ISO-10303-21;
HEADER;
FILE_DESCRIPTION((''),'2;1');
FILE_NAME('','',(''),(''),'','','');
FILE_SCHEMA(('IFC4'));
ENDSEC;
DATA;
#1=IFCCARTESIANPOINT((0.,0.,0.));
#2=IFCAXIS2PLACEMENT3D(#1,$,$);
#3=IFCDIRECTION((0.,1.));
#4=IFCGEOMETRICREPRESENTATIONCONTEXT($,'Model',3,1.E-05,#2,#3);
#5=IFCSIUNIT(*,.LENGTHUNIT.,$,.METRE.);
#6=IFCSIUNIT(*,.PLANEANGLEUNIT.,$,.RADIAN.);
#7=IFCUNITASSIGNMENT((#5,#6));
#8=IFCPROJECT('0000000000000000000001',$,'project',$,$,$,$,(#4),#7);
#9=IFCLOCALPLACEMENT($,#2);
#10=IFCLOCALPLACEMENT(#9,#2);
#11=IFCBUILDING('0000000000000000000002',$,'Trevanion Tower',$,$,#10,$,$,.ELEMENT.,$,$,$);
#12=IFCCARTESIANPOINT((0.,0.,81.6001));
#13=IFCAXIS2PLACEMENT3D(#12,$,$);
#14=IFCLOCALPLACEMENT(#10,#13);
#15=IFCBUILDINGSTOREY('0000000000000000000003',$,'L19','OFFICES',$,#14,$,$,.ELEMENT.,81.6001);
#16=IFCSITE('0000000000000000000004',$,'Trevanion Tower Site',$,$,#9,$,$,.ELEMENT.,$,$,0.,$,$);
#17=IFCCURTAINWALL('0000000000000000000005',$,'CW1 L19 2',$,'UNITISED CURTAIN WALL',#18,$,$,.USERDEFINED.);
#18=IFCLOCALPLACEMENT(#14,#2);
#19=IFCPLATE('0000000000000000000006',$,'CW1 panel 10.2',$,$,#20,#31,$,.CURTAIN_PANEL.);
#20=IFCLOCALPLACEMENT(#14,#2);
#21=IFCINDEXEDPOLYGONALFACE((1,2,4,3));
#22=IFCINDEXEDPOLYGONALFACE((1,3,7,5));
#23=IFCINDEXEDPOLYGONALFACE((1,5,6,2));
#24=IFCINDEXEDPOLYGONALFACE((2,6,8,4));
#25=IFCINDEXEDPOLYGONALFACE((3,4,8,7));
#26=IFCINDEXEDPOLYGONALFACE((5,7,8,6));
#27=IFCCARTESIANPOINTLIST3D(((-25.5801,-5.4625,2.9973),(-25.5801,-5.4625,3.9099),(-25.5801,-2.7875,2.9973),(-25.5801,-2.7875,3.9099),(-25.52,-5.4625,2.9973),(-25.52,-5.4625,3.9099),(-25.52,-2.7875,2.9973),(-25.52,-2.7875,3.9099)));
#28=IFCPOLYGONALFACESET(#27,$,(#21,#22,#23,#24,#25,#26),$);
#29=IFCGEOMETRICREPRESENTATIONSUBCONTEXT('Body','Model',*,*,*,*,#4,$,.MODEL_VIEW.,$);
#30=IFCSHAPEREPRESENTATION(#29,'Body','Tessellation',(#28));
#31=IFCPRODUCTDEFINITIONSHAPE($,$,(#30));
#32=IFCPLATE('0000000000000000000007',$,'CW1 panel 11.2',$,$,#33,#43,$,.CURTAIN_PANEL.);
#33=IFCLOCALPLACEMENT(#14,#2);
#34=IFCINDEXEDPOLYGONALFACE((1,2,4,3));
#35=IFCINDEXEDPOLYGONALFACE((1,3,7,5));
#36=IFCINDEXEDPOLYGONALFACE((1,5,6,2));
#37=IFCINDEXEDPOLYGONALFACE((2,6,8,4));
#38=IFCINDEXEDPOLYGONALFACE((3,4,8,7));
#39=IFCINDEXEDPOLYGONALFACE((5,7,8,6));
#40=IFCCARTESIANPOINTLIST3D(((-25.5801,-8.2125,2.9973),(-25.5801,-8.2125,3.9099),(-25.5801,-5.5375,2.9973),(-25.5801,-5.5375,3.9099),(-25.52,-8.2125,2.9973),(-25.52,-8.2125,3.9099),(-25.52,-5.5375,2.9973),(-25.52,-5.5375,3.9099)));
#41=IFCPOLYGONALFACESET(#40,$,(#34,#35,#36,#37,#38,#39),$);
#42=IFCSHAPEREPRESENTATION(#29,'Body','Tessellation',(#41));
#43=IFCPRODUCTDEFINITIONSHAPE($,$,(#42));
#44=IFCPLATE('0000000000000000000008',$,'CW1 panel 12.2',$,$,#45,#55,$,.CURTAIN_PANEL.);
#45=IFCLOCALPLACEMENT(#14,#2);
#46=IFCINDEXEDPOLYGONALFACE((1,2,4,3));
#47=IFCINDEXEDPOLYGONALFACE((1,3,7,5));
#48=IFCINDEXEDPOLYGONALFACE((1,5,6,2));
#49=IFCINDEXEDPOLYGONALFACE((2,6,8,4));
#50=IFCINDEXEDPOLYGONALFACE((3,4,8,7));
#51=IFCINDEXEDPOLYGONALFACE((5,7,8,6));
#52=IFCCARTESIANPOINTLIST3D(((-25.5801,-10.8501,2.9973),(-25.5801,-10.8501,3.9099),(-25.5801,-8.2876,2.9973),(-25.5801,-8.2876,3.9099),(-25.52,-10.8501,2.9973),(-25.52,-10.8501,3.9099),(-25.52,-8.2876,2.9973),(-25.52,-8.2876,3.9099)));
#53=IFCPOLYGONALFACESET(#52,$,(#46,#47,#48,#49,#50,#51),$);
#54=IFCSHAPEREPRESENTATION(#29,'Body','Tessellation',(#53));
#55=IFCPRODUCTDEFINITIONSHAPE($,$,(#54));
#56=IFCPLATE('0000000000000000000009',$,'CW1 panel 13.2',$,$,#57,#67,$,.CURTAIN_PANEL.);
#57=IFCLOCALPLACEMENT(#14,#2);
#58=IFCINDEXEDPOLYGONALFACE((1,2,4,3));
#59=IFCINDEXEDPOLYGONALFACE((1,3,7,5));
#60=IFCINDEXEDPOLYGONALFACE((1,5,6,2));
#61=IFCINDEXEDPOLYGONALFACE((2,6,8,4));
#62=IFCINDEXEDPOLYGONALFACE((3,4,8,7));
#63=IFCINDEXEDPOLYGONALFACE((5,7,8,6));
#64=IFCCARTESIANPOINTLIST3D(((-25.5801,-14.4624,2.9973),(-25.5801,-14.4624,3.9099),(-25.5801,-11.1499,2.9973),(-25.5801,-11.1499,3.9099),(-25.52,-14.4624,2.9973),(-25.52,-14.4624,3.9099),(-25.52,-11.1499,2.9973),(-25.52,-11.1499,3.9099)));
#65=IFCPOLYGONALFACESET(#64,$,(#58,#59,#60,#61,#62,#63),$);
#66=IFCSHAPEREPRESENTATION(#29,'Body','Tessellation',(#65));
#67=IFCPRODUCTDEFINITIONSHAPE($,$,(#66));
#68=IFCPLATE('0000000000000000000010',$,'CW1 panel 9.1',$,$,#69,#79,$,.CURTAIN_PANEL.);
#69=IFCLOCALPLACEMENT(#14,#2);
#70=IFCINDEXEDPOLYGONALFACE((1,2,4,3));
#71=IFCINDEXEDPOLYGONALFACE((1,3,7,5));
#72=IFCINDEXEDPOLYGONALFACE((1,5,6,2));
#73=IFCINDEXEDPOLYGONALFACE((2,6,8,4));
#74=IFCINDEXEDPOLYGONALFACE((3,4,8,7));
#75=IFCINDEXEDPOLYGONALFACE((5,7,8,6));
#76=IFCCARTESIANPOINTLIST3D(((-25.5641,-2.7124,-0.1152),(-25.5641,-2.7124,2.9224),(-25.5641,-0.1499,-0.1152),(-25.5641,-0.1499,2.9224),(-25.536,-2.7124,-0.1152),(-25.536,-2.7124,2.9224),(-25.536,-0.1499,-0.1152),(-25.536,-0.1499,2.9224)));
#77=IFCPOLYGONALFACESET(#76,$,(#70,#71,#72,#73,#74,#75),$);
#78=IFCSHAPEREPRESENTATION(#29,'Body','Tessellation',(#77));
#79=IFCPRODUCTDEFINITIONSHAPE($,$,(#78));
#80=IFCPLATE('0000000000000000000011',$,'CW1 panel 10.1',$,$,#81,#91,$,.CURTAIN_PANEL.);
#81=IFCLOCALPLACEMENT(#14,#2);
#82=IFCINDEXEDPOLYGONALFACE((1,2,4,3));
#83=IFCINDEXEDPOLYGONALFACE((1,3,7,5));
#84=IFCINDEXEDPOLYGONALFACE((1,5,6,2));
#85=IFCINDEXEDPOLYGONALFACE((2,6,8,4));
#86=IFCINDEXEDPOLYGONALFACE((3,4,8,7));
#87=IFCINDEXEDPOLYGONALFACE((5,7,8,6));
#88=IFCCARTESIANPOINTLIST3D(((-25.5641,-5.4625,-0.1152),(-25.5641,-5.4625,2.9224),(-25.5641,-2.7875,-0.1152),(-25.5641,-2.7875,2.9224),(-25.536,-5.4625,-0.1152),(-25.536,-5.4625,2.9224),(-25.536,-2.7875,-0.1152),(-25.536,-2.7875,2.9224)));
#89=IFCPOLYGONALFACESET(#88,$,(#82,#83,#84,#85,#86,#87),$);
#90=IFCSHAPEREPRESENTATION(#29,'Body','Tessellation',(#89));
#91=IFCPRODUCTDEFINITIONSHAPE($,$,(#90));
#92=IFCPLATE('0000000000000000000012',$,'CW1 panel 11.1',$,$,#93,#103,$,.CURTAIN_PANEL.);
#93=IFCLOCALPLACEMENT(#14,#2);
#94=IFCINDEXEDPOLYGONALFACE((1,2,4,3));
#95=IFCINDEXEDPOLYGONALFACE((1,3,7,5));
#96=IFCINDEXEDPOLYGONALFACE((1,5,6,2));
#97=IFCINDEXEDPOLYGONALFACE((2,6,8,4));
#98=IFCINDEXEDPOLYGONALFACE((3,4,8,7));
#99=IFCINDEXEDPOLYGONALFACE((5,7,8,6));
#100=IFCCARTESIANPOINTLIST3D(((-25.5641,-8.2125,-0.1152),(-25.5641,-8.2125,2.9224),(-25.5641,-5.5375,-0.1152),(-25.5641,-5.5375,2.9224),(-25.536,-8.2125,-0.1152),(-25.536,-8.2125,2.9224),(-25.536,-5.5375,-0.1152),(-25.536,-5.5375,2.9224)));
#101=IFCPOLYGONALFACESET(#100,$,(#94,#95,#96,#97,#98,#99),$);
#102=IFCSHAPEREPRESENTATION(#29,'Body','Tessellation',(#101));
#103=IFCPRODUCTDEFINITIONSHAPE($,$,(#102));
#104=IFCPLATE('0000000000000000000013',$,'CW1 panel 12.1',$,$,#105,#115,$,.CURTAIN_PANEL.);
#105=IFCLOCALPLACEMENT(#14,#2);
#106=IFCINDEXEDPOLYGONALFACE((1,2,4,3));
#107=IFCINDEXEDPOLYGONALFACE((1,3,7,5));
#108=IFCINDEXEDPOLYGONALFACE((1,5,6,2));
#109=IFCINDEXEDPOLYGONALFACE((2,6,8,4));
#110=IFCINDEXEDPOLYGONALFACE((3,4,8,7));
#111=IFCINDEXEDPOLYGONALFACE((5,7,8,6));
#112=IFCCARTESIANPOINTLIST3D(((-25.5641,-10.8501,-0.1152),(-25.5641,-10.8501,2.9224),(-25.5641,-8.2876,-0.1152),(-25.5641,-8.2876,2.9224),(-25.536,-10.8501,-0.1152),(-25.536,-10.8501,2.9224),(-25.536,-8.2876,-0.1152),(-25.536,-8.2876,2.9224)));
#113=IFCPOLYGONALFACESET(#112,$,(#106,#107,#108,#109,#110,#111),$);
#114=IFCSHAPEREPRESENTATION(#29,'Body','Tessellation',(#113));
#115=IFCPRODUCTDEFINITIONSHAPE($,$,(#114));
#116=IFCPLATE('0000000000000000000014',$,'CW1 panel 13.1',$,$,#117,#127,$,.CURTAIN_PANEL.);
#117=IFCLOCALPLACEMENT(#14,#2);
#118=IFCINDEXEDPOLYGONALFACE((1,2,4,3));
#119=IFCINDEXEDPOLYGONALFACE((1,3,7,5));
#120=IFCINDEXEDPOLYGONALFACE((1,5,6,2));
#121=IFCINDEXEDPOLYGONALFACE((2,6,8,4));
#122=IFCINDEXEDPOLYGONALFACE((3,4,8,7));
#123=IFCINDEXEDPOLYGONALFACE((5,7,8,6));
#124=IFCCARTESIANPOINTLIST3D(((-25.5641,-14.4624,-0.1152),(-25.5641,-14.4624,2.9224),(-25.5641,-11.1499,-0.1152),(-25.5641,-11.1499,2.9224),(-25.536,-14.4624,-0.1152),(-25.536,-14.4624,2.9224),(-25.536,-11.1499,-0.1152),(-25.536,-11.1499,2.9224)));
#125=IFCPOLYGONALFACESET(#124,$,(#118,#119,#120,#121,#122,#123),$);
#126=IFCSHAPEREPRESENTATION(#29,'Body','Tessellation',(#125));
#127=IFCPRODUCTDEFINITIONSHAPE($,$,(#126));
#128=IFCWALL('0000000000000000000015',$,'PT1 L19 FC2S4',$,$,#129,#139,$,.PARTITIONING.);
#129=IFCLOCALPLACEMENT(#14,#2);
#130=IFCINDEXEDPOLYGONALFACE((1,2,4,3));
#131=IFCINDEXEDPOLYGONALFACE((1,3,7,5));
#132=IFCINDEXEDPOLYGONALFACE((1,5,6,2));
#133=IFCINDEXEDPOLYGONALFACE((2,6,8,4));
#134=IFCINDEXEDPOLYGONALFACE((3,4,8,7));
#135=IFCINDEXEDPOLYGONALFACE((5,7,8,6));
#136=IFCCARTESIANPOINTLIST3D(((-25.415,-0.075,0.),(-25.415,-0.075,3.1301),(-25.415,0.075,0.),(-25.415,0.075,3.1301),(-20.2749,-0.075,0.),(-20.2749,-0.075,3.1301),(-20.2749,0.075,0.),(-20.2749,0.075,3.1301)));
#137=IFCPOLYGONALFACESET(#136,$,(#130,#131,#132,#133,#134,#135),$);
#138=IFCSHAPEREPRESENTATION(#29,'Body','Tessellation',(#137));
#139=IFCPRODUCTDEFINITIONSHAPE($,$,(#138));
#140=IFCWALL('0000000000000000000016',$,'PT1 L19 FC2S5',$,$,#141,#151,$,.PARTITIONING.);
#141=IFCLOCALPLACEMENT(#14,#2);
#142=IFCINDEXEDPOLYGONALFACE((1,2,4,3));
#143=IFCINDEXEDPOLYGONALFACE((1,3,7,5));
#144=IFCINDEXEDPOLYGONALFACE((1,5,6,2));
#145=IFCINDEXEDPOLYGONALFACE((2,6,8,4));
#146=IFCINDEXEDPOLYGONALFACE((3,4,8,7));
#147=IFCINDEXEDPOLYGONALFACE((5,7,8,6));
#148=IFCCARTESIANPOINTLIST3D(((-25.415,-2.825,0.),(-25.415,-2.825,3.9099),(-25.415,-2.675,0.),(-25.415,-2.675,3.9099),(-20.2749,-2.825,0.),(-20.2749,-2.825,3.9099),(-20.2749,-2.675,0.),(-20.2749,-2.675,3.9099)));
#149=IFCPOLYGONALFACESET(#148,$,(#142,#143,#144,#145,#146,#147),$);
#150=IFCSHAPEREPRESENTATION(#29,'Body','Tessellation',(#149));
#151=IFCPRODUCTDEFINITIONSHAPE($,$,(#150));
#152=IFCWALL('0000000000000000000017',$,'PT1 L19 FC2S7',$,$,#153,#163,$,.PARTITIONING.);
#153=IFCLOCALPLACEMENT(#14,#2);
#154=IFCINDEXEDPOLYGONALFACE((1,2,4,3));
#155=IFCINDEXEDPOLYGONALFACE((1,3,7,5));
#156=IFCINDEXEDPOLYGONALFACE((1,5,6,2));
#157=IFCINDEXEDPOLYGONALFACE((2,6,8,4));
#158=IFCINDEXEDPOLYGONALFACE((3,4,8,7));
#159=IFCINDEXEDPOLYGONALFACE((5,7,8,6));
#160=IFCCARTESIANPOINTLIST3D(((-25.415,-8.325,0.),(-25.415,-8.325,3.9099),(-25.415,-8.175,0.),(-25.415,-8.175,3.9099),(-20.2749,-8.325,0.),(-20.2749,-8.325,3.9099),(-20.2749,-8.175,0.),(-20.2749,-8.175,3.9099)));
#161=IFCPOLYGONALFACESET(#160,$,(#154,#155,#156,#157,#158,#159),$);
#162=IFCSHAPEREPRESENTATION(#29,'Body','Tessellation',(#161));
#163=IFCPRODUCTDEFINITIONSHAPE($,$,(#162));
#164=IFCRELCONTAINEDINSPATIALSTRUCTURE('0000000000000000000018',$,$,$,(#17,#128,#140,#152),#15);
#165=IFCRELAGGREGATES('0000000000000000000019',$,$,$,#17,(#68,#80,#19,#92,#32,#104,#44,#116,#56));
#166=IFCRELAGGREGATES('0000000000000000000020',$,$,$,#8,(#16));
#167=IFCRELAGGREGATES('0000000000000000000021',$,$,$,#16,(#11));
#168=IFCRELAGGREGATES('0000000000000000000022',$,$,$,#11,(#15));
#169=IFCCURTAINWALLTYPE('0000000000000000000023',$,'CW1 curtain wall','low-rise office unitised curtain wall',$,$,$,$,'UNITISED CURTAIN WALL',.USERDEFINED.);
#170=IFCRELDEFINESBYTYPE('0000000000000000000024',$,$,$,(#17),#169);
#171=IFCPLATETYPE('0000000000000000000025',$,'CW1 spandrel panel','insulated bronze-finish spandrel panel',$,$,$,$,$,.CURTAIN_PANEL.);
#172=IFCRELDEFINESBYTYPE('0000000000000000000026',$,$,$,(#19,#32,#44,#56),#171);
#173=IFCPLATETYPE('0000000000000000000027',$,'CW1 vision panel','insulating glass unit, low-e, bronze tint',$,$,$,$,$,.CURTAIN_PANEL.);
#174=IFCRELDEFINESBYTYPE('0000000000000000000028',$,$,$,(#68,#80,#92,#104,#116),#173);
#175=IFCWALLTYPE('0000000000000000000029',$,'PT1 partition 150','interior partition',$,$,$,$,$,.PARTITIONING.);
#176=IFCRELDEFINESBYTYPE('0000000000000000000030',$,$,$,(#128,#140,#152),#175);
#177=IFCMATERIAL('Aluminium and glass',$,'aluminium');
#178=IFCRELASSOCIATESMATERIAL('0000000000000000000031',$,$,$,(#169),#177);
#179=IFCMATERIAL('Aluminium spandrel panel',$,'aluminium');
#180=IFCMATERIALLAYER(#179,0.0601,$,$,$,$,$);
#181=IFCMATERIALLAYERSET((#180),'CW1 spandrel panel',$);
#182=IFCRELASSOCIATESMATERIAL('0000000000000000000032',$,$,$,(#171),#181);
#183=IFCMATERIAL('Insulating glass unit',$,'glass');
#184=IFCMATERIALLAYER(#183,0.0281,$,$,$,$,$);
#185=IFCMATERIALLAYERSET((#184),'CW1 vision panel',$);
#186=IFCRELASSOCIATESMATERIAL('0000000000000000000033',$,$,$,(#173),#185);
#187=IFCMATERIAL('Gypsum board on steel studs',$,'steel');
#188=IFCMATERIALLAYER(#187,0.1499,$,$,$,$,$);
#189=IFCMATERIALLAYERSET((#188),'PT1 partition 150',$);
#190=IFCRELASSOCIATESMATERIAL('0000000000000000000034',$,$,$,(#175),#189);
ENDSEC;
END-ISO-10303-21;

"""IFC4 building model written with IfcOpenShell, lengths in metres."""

from ifc_helpers import new_model, si_unit, direction, frame, frame_2d, origin, origin_2d, place, context, subcontext, project, spatial, rectangle, extrude, material, layer, layer_set, type_object, element, aggregate, save


model = new_model("IFC4")

# Units and contexts
model_context = context("Model", 3, precision=1e-05, world=origin(), true_north=direction((0.0, 1.0)))
body_context = subcontext(model_context, "Body", "Model", "MODEL_VIEW")
ifc_project = project(units=[si_unit("LENGTHUNIT", "METRE"), si_unit("PLANEANGLEUNIT", "RADIAN")], contexts=[model_context])

# Site, building, storey
site_placement = place(None, origin())
site = spatial("IfcSite", under=ifc_project, at=site_placement, Name="Trevanion Tower Site", CompositionType="ELEMENT", RefElevation=0.0)
building_placement = place(site_placement, origin())
building = spatial("IfcBuilding", under=site, at=building_placement, Name="Trevanion Tower", CompositionType="ELEMENT")
storey_placement = place(building_placement, frame((0.0, 0.0, 81.6001)))
storey = spatial("IfcBuildingStorey", under=building, at=storey_placement, Name="L19", Description="OFFICES", CompositionType="ELEMENT", Elevation=81.6001)

# Curtain wall
ifc_material_1 = material(Name="Aluminium and glass", Category="aluminium")
curtain_wall_type = type_object("IfcCurtainWallType", Name="CW1 curtain wall", Description="low-rise office unitised curtain wall", ElementType="UNITISED CURTAIN WALL", PredefinedType="USERDEFINED", material=ifc_material_1)
curtain_wall_placement = place(storey_placement, origin())
curtain_wall = element("IfcCurtainWall", 1, at=curtain_wall_placement, inside=storey, type_object=curtain_wall_type, Name="CW1 L19 2", ObjectType="UNITISED CURTAIN WALL", PredefinedType="USERDEFINED")

# Plates
ifc_material_2 = material(Name="Aluminium spandrel panel", Category="aluminium")
ifc_layer_1 = layer(ifc_material_2, 0.0601)
ifc_layer_set_1 = layer_set([ifc_layer_1], Name="CW1 spandrel panel")
plate_type_1 = type_object("IfcPlateType", Name="CW1 spandrel panel", Description="insulated bronze-finish spandrel panel", PredefinedType="CURTAIN_PANEL", material=ifc_layer_set_1)
plate_1_placement = place(storey_placement, frame((-25.55, -4.125, 2.9973), z_axis=(0.0, 0.0, 1.0), x_axis=(0.0, -1.0, 0.0)))
plate_1 = element("IfcPlate", 2, at=plate_1_placement, type_object=plate_type_1, Name="CW1 panel 10.2", PredefinedType="CURTAIN_PANEL", context=body_context, shape_type="SweptSolid", body=[
    extrude(rectangle(XDim=2.675, YDim=0.0601, at=origin_2d()), origin(), (0.0, 0.0, 1.0), 0.9126),
])
plate_2_placement = place(storey_placement, frame((-25.55, -6.875, 2.9973), z_axis=(0.0, 0.0, 1.0), x_axis=(0.0, -1.0, 0.0)))
plate_2 = element("IfcPlate", 3, at=plate_2_placement, type_object=plate_type_1, Name="CW1 panel 11.2", PredefinedType="CURTAIN_PANEL", context=body_context, shape_type="SweptSolid", body=[
    extrude(rectangle(XDim=2.675, YDim=0.0601, at=origin_2d()), origin(), (0.0, 0.0, 1.0), 0.9126),
])
plate_3_placement = place(storey_placement, frame((-25.55, -9.5688, 2.9973), z_axis=(0.0, 0.0, 1.0), x_axis=(0.0, -1.0, 0.0)))
plate_3 = element("IfcPlate", 4, at=plate_3_placement, type_object=plate_type_1, Name="CW1 panel 12.2", PredefinedType="CURTAIN_PANEL", context=body_context, shape_type="SweptSolid", body=[
    extrude(rectangle(XDim=2.5625, YDim=0.0601, at=origin_2d()), origin(), (0.0, 0.0, 1.0), 0.9126),
])
plate_4_placement = place(storey_placement, frame((-25.55, -12.8062, 2.9973), z_axis=(0.0, 0.0, 1.0), x_axis=(0.0, -1.0, 0.0)))
plate_4 = element("IfcPlate", 5, at=plate_4_placement, type_object=plate_type_1, Name="CW1 panel 13.2", PredefinedType="CURTAIN_PANEL", context=body_context, shape_type="SweptSolid", body=[
    extrude(rectangle(XDim=3.3125, YDim=0.0601, at=origin_2d()), origin(), (0.0, 0.0, 1.0), 0.9126),
])
ifc_material_3 = material(Name="Insulating glass unit", Category="glass")
ifc_layer_2 = layer(ifc_material_3, 0.0281)
ifc_layer_set_2 = layer_set([ifc_layer_2], Name="CW1 vision panel")
plate_type_2 = type_object("IfcPlateType", Name="CW1 vision panel", Description="insulating glass unit, low-e, bronze tint", PredefinedType="CURTAIN_PANEL", material=ifc_layer_set_2)
plate_5_placement = place(storey_placement, frame((-25.55, -1.4312, -0.1152), z_axis=(0.0, 0.0, 1.0), x_axis=(0.0, -1.0, 0.0)))
plate_5 = element("IfcPlate", 6, at=plate_5_placement, type_object=plate_type_2, Name="CW1 panel 9.1", PredefinedType="CURTAIN_PANEL", context=body_context, shape_type="SweptSolid", body=[
    extrude(rectangle(XDim=2.5625, YDim=0.0281, at=origin_2d()), origin(), (0.0, 0.0, 1.0), 3.0376),
])
plate_6_placement = place(storey_placement, frame((-25.55, -4.125, -0.1152), z_axis=(0.0, 0.0, 1.0), x_axis=(0.0, -1.0, 0.0)))
plate_6 = element("IfcPlate", 7, at=plate_6_placement, type_object=plate_type_2, Name="CW1 panel 10.1", PredefinedType="CURTAIN_PANEL", context=body_context, shape_type="SweptSolid", body=[
    extrude(rectangle(XDim=2.675, YDim=0.0281, at=origin_2d()), origin(), (0.0, 0.0, 1.0), 3.0376),
])
plate_7_placement = place(storey_placement, frame((-25.55, -6.875, -0.1152), z_axis=(0.0, 0.0, 1.0), x_axis=(0.0, -1.0, 0.0)))
plate_7 = element("IfcPlate", 8, at=plate_7_placement, type_object=plate_type_2, Name="CW1 panel 11.1", PredefinedType="CURTAIN_PANEL", context=body_context, shape_type="SweptSolid", body=[
    extrude(rectangle(XDim=2.675, YDim=0.0281, at=origin_2d()), origin(), (0.0, 0.0, 1.0), 3.0376),
])
plate_8_placement = place(storey_placement, frame((-25.55, -9.5688, -0.1152), z_axis=(0.0, 0.0, 1.0), x_axis=(0.0, -1.0, 0.0)))
plate_8 = element("IfcPlate", 9, at=plate_8_placement, type_object=plate_type_2, Name="CW1 panel 12.1", PredefinedType="CURTAIN_PANEL", context=body_context, shape_type="SweptSolid", body=[
    extrude(rectangle(XDim=2.5625, YDim=0.0281, at=origin_2d()), origin(), (0.0, 0.0, 1.0), 3.0376),
])
plate_9_placement = place(storey_placement, frame((-25.55, -12.8062, -0.1152), z_axis=(0.0, 0.0, 1.0), x_axis=(0.0, -1.0, 0.0)))
plate_9 = element("IfcPlate", 10, at=plate_9_placement, type_object=plate_type_2, Name="CW1 panel 13.1", PredefinedType="CURTAIN_PANEL", context=body_context, shape_type="SweptSolid", body=[
    extrude(rectangle(XDim=3.3125, YDim=0.0281, at=origin_2d()), origin(), (0.0, 0.0, 1.0), 3.0376),
])
aggregate(curtain_wall, [plate_5, plate_6, plate_1, plate_7, plate_2, plate_8, plate_3, plate_9, plate_4])

# Walls
ifc_material_4 = material(Name="Gypsum board on steel studs", Category="steel")
ifc_layer_3 = layer(ifc_material_4, 0.1499)
ifc_layer_set_3 = layer_set([ifc_layer_3], Name="PT1 partition 150")
wall_type = type_object("IfcWallType", Name="PT1 partition 150", Description="interior partition", PredefinedType="PARTITIONING", material=ifc_layer_set_3)
wall_placement = place(storey_placement, frame((-20.2749, 0.0, 0.0), z_axis=(0.0, 0.0, 1.0), x_axis=(-1.0, 0.0, 0.0)))
element("IfcWall", 11, at=wall_placement, inside=storey, type_object=wall_type, Name="PT1 L19 FC2S4", PredefinedType="PARTITIONING", context=body_context, shape_type="SweptSolid", body=[
    extrude(rectangle(XDim=5.1401, YDim=0.1499, at=frame_2d((2.5701, 0.0))), origin(), (0.0, 0.0, 1.0), 3.1301),
])
for number, where, z_axis, x_axis, name in (
    (12, (-20.2749, -2.75, 0.0), (0.0, 0.0, 1.0), (-1.0, 0.0, 0.0), "PT1 L19 FC2S5"),
    (13, (-20.2749, -8.25, 0.0), (0.0, 0.0, 1.0), (-1.0, 0.0, 0.0), "PT1 L19 FC2S7"),
):
    element("IfcWall", number, at=place(storey_placement, frame(where, z_axis=z_axis, x_axis=x_axis)), inside=storey, type_object=wall_type, Name=name, PredefinedType="PARTITIONING", context=body_context, shape_type="SweptSolid", body=[
        extrude(rectangle(XDim=5.1401, YDim=0.1499, at=frame_2d((2.5701, 0.0))), origin(), (0.0, 0.0, 1.0), 3.9099),
    ])

save(model, "model.ifc")
